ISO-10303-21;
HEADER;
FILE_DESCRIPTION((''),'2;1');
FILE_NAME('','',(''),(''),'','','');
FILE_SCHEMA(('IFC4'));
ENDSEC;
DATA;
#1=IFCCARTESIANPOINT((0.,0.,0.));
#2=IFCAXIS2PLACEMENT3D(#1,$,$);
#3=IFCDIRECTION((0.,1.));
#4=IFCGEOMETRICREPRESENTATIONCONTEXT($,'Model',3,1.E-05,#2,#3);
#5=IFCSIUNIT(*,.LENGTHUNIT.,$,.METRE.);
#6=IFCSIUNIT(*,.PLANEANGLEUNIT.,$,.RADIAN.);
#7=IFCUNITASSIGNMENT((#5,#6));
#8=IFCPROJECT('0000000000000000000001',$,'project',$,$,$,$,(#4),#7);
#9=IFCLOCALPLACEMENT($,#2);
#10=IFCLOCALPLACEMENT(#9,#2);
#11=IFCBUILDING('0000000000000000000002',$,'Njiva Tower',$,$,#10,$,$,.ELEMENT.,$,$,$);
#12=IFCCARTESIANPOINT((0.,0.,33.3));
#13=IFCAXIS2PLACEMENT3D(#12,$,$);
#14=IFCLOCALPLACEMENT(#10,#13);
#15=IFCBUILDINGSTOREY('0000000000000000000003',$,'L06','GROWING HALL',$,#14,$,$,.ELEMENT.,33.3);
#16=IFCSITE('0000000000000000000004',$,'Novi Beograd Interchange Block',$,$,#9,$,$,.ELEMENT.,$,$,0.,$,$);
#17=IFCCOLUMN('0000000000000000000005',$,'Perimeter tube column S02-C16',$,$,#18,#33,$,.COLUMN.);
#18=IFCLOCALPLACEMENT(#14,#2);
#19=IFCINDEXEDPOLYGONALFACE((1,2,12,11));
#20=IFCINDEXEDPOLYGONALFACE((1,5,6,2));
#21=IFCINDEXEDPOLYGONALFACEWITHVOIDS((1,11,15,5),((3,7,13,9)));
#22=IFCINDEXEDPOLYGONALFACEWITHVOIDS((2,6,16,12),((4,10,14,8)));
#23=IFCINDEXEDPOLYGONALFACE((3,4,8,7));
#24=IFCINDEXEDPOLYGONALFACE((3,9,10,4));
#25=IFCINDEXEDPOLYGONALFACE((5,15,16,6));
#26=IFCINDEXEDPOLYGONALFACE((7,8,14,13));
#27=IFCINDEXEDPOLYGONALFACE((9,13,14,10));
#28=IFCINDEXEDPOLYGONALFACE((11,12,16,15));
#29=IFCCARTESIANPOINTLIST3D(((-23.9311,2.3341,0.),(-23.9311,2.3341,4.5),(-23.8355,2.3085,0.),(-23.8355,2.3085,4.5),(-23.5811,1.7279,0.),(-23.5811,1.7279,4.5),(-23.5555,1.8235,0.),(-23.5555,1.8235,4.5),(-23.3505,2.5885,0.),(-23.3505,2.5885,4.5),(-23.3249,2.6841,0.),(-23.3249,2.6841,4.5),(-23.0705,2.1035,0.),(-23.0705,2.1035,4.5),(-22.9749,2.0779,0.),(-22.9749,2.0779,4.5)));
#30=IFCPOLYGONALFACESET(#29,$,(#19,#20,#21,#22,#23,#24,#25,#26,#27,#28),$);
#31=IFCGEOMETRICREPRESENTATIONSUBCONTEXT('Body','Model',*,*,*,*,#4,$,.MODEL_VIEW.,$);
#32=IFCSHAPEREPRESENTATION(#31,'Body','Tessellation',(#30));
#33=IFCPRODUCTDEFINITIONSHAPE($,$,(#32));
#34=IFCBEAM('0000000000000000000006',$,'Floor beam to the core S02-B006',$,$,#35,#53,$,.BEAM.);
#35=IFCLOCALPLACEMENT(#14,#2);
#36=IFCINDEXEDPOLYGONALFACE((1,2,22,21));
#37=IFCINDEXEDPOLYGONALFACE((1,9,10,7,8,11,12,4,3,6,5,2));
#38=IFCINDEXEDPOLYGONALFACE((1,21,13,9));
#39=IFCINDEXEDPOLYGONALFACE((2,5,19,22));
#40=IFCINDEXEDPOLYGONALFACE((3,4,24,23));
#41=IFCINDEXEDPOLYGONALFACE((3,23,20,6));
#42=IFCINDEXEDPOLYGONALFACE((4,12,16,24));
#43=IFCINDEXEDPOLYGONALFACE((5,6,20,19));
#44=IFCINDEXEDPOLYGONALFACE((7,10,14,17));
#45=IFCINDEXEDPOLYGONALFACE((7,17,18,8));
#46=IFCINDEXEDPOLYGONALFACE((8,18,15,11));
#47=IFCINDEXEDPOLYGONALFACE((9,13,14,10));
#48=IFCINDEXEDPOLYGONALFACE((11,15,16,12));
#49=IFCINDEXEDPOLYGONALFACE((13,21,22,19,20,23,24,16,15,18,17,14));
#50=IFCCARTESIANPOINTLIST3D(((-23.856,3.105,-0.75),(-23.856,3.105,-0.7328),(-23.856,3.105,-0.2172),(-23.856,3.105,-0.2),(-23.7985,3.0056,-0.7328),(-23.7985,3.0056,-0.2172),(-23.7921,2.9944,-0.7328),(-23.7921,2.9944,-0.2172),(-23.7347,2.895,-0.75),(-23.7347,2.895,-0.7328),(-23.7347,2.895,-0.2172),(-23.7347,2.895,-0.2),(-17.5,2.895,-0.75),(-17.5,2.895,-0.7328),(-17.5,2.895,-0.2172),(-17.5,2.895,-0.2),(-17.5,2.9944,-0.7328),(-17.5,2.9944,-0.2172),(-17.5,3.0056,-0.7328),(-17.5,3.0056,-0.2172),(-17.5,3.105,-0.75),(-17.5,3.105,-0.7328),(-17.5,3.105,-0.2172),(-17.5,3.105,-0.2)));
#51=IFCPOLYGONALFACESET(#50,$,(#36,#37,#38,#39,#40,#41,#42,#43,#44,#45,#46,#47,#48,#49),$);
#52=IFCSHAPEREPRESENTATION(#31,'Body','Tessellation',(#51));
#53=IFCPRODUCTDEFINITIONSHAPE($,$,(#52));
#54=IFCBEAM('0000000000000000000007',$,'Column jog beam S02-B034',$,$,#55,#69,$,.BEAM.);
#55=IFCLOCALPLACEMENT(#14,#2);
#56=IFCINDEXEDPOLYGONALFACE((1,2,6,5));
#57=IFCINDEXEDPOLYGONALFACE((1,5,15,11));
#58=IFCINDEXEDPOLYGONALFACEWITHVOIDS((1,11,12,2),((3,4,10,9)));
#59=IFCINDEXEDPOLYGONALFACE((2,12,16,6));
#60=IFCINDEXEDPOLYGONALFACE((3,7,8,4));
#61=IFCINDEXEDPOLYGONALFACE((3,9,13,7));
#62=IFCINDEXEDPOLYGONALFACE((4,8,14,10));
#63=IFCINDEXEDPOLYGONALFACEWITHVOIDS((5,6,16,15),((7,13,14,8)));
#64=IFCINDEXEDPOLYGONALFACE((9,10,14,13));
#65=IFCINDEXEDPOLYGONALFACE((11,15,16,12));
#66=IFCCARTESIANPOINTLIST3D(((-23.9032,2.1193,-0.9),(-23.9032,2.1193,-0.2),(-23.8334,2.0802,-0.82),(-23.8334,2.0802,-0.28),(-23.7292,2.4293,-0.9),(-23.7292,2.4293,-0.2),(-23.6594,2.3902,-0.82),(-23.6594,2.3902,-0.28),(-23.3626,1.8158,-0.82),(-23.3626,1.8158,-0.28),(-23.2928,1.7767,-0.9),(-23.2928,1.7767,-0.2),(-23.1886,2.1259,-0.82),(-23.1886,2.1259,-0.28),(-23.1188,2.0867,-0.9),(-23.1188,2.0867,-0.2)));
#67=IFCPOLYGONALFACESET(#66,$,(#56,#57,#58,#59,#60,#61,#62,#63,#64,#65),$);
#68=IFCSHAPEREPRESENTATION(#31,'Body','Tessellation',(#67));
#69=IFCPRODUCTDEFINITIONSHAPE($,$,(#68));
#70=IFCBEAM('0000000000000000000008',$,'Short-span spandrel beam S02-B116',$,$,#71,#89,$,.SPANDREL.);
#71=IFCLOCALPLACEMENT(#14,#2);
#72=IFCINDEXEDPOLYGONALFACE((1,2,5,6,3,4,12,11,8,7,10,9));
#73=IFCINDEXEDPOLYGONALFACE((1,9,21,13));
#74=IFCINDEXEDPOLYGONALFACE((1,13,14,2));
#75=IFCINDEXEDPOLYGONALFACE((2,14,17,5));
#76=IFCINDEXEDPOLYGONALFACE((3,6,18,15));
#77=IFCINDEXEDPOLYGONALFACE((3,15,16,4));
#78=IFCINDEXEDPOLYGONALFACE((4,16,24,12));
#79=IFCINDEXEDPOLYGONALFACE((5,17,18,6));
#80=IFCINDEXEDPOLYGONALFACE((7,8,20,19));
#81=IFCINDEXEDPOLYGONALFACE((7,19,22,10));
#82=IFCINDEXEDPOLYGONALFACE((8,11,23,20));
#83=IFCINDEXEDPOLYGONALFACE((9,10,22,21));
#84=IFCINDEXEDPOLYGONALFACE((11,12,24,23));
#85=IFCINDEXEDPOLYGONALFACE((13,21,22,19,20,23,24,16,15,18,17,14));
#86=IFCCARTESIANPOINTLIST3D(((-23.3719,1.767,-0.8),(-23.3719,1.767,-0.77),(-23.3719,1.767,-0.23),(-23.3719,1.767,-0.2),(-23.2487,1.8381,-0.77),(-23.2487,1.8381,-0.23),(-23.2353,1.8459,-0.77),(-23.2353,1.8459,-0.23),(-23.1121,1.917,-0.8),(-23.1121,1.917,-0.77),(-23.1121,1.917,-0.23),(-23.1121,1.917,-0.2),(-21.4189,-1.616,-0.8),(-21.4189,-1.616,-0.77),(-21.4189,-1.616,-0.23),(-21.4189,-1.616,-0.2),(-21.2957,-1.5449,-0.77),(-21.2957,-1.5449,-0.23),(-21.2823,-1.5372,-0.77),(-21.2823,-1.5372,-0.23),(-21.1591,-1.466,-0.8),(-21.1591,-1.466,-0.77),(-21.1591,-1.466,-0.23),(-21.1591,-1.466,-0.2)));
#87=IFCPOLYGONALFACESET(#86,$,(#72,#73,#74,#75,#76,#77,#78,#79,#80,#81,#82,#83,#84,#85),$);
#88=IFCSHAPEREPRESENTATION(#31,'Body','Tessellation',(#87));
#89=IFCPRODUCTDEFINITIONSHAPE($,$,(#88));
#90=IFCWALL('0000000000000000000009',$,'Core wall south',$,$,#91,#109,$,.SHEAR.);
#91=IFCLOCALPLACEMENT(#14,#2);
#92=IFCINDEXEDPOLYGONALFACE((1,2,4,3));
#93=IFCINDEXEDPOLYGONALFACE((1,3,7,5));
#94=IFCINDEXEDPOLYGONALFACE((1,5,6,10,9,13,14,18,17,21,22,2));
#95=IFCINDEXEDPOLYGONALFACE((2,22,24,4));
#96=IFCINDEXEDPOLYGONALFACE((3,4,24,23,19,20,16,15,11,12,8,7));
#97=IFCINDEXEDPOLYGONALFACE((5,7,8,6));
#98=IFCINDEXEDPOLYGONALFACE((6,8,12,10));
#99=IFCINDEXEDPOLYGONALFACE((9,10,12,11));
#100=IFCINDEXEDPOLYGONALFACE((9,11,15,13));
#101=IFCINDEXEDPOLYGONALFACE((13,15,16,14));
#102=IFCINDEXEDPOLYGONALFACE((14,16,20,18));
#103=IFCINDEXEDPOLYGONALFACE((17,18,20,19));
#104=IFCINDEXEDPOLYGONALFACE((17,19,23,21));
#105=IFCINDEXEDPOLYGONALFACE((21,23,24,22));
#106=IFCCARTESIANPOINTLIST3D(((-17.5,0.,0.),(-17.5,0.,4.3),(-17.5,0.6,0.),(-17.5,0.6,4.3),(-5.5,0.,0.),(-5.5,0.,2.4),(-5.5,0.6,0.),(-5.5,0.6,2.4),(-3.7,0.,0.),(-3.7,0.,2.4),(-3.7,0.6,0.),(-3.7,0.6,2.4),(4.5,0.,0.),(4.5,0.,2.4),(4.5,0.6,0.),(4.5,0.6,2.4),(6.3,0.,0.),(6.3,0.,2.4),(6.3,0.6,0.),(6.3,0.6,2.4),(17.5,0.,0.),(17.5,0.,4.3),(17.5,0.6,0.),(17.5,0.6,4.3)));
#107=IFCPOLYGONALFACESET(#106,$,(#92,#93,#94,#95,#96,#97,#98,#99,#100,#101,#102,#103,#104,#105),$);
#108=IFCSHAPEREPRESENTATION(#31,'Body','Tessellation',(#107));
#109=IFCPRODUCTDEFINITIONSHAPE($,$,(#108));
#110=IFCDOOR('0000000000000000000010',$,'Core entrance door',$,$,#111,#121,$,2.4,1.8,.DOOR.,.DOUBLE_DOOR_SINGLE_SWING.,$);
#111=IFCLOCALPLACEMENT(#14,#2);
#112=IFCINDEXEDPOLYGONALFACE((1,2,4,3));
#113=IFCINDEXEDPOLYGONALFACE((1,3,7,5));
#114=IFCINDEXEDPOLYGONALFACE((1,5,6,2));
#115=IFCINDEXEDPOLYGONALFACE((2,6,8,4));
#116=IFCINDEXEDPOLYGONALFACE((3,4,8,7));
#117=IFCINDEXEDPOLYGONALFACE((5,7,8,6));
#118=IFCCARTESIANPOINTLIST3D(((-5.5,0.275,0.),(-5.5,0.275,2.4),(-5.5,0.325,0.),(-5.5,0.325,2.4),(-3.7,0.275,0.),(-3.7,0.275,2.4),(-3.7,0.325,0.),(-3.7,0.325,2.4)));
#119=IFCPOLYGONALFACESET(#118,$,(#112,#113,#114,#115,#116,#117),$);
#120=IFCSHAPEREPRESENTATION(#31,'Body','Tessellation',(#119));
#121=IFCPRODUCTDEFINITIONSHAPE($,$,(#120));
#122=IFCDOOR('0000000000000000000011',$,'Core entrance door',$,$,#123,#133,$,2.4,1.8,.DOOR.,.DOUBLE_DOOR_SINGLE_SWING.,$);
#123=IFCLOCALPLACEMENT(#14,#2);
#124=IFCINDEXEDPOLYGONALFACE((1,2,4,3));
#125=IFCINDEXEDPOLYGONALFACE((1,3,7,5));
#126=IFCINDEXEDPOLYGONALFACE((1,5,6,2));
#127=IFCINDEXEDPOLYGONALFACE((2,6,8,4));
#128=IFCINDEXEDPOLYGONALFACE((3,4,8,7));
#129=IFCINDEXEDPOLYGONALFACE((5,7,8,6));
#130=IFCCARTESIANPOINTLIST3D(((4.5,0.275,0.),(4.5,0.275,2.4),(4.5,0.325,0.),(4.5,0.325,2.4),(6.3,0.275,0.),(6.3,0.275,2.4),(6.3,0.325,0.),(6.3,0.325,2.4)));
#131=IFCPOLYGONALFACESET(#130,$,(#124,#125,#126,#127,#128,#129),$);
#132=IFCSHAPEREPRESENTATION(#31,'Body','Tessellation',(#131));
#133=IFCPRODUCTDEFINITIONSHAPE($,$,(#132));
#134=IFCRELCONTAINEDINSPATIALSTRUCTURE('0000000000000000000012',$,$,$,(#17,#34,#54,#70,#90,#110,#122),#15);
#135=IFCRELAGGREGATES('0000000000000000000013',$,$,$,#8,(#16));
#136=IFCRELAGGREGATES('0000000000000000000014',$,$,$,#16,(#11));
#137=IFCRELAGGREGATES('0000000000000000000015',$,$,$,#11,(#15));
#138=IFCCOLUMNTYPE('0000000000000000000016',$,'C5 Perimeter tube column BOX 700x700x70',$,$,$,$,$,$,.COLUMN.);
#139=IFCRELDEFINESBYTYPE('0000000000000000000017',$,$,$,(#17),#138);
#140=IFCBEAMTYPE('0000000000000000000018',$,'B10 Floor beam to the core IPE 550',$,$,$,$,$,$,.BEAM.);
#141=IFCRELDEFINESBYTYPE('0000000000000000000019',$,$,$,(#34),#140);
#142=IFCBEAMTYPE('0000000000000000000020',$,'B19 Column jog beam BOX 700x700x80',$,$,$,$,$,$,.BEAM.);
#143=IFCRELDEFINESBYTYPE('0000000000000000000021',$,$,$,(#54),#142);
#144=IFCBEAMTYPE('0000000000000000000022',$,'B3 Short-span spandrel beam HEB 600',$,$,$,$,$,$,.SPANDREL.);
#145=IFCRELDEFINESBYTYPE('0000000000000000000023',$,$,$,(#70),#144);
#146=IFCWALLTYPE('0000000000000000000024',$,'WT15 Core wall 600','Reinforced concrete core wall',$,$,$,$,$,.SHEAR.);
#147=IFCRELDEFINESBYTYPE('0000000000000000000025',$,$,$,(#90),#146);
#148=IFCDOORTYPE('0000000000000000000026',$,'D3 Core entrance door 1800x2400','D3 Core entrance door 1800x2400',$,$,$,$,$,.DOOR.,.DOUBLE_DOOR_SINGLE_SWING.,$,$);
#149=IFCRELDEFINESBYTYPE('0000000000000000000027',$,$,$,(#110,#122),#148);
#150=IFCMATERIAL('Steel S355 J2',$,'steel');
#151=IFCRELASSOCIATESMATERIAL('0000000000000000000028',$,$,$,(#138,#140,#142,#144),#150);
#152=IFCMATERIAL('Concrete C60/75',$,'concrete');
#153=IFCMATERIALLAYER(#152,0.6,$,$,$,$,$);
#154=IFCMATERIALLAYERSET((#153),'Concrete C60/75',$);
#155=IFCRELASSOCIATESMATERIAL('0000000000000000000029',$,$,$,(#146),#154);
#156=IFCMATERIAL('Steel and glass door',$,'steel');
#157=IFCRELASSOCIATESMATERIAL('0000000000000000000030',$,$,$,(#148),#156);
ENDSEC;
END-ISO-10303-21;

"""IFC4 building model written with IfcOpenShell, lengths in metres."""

from ifc_helpers import new_model, si_unit, direction, frame, frame_2d, origin, origin_2d, place, context, subcontext, project, spatial, rectangle, hollow_rectangle, i_section, extrude, clip, halfspace, material, layer, layer_set, material_profile, profile_set, type_object, element, fill, save


model = new_model("IFC4")

# Units and contexts
model_context = context("Model", 3, precision=1e-05, world=origin(), true_north=direction((0.0, 1.0)))
body_context = subcontext(model_context, "Body", "Model", "MODEL_VIEW")
ifc_project = project(units=[si_unit("LENGTHUNIT", "METRE"), si_unit("PLANEANGLEUNIT", "RADIAN")], contexts=[model_context])

# Site, building, storey
site_placement = place(None, origin())
site = spatial("IfcSite", under=ifc_project, at=site_placement, Name="Novi Beograd Interchange Block", CompositionType="ELEMENT", RefElevation=0.0)
building_placement = place(site_placement, origin())
building = spatial("IfcBuilding", under=site, at=building_placement, Name="Njiva Tower", CompositionType="ELEMENT")
storey_placement = place(building_placement, frame((0.0, 0.0, 33.3)))
storey = spatial("IfcBuildingStorey", under=building, at=storey_placement, Name="L06", Description="GROWING HALL", CompositionType="ELEMENT", Elevation=33.3)

# Column
ifc_material_1 = material(Name="Steel S355 J2", Category="steel")
ifc_material_profile_1 = material_profile(ifc_material_1, hollow_rectangle(XDim=0.7, YDim=0.7, WallThickness=0.07, at=origin_2d()), Name="BOX 700x700x70")
ifc_profile_set_1 = profile_set([ifc_material_profile_1], Name="Steel S355 J2")
column_type = type_object("IfcColumnType", Name="C5 Perimeter tube column BOX 700x700x70", PredefinedType="COLUMN", material=ifc_profile_set_1)
column_placement = place(storey_placement, frame((-23.453, 2.206, 0.0), z_axis=(0.0, 0.0, 1.0), x_axis=(0.5, -0.866025, 0.0)))
element("IfcColumn", 1, at=column_placement, inside=storey, type_object=column_type, Name="Perimeter tube column S02-C16", PredefinedType="COLUMN", context=body_context, shape_type="SweptSolid", body=[
    extrude(hollow_rectangle(XDim=0.7, YDim=0.7, WallThickness=0.07, at=origin_2d()), origin(), (0.0, 0.0, 1.0), 4.5),
])

# Beams
ifc_material_profile_2 = material_profile(ifc_material_1, i_section(OverallWidth=0.21, OverallDepth=0.55, WebThickness=0.0111, FlangeThickness=0.0172, at=origin_2d()), Name="IPE 550")
ifc_profile_set_2 = profile_set([ifc_material_profile_2], Name="Steel S355 J2")
beam_type_1 = type_object("IfcBeamType", Name="B10 Floor beam to the core IPE 550", PredefinedType="BEAM", material=ifc_profile_set_2)
beam_1_placement = place(storey_placement, frame((-23.876, 3.0, -0.475), z_axis=(1.0, 0.0, 0.0), x_axis=(0.0, 1.0, 0.0)))
element("IfcBeam", 2, at=beam_1_placement, inside=storey, type_object=beam_type_1, Name="Floor beam to the core S02-B006", PredefinedType="BEAM", context=body_context, shape_type="Clipping", body=[
    clip(extrude(i_section(OverallWidth=0.21, OverallDepth=0.55, WebThickness=0.0111, FlangeThickness=0.0172, at=origin_2d()), origin(), (0.0, 0.0, 1.0), 6.376), halfspace(frame((-0.025, 0.0, 0.0951), z_axis=(-0.499998, 0.0, -0.866027), x_axis=(0.0, -1.0, 0.0)), False)),
])
ifc_material_profile_3 = material_profile(ifc_material_1, hollow_rectangle(XDim=0.7, YDim=0.7, WallThickness=0.08, at=origin_2d()), Name="BOX 700x700x80")
ifc_profile_set_3 = profile_set([ifc_material_profile_3], Name="Steel S355 J2")
beam_type_2 = type_object("IfcBeamType", Name="B19 Column jog beam BOX 700x700x80", PredefinedType="BEAM", material=ifc_profile_set_3)
beam_2_placement = place(storey_placement, frame((-23.598, 1.948, -0.55), z_axis=(0.48946, 0.872026, 0.0), x_axis=(-0.872026, 0.48946, 0.0)))
element("IfcBeam", 3, at=beam_2_placement, inside=storey, type_object=beam_type_2, Name="Column jog beam S02-B034", PredefinedType="BEAM", context=body_context, shape_type="SweptSolid", body=[
    extrude(hollow_rectangle(XDim=0.7, YDim=0.7, WallThickness=0.08, at=origin_2d()), origin(), (0.0, 0.0, 1.0), 0.3555),
])
ifc_material_profile_4 = material_profile(ifc_material_1, i_section(OverallWidth=0.3, OverallDepth=0.6, WebThickness=0.0155, FlangeThickness=0.03, at=origin_2d()), Name="HEB 600")
ifc_profile_set_4 = profile_set([ifc_material_profile_4], Name="Steel S355 J2")
beam_type_3 = type_object("IfcBeamType", Name="B3 Short-span spandrel beam HEB 600", PredefinedType="SPANDREL", material=ifc_profile_set_4)
beam_3_placement = place(storey_placement, frame((-23.242, 1.842, -0.5), z_axis=(0.499966, -0.866045, 0.0), x_axis=(0.866045, 0.499966, 0.0)))
element("IfcBeam", 4, at=beam_3_placement, inside=storey, type_object=beam_type_3, Name="Short-span spandrel beam S02-B116", PredefinedType="SPANDREL", context=body_context, shape_type="SweptSolid", body=[
    extrude(i_section(OverallWidth=0.3, OverallDepth=0.6, WebThickness=0.0155, FlangeThickness=0.03, at=origin_2d()), origin(), (0.0, 0.0, 1.0), 3.9063),
])

# Wall, openings, doors
ifc_material_2 = material(Name="Concrete C60/75", Category="concrete")
ifc_layer_1 = layer(ifc_material_2, 0.6)
ifc_layer_set_1 = layer_set([ifc_layer_1], Name="Concrete C60/75")
wall_type_1 = type_object("IfcWallType", Name="WT15 Core wall 600", Description="Reinforced concrete core wall", PredefinedType="SHEAR", material=ifc_layer_set_1)
wall_1_placement = place(storey_placement, frame((-17.5, 0.3, 0.0), z_axis=(0.0, 0.0, 1.0), x_axis=(1.0, 0.0, 0.0)))
wall_1 = element("IfcWall", 5, at=wall_1_placement, inside=storey, type_object=wall_type_1, Name="Core wall south", PredefinedType="SHEAR", context=body_context, shape_type="SweptSolid", body=[
    extrude(rectangle(XDim=35.0, YDim=0.6, at=frame_2d((17.5, 0.0))), origin(), (0.0, 0.0, 1.0), 4.3),
])
opening_1_placement = place(wall_1_placement, frame((12.0, 0.0, 0.0)))
opening_1 = element("IfcOpeningElement", 6, at=opening_1_placement, cuts=wall_1, PredefinedType="OPENING", context=body_context, shape_type="SweptSolid", body=[
    extrude(rectangle(XDim=1.8, YDim=2.4, at=frame_2d((0.9, 1.2))), frame((0.0, 0.31, 0.0), z_axis=(0.0, -1.0, 0.0), x_axis=(1.0, 0.0, 0.0)), (0.0, 0.0, 1.0), 0.62),
])
opening_2_placement = place(wall_1_placement, frame((22.0, 0.0, 0.0)))
opening_2 = element("IfcOpeningElement", 7, at=opening_2_placement, cuts=wall_1, PredefinedType="OPENING", context=body_context, shape_type="SweptSolid", body=[
    extrude(rectangle(XDim=1.8, YDim=2.4, at=frame_2d((0.9, 1.2))), frame((0.0, 0.31, 0.0), z_axis=(0.0, -1.0, 0.0), x_axis=(1.0, 0.0, 0.0)), (0.0, 0.0, 1.0), 0.62),
])
ifc_material_3 = material(Name="Steel and glass door", Category="steel")
door_type_1 = type_object("IfcDoorType", Name="D3 Core entrance door 1800x2400", Description="D3 Core entrance door 1800x2400", OperationType="DOUBLE_DOOR_SINGLE_SWING", PredefinedType="DOOR", material=ifc_material_3)
door_1_placement = place(opening_1_placement, origin())
door_1 = element("IfcDoor", 8, at=door_1_placement, inside=storey, type_object=door_type_1, Name="Core entrance door", OperationType="DOUBLE_DOOR_SINGLE_SWING", OverallHeight=2.4, OverallWidth=1.8, PredefinedType="DOOR", context=body_context, shape_type="SweptSolid", body=[
    extrude(rectangle(XDim=1.8, YDim=2.4, at=frame_2d((0.9, 1.2))), frame((0.0, 0.025, 0.0), z_axis=(0.0, -1.0, 0.0), x_axis=(1.0, 0.0, 0.0)), (0.0, 0.0, 1.0), 0.05),
])
fill(opening_1, door_1)
door_2_placement = place(opening_2_placement, origin())
door_2 = element("IfcDoor", 9, at=door_2_placement, inside=storey, type_object=door_type_1, Name="Core entrance door", OperationType="DOUBLE_DOOR_SINGLE_SWING", OverallHeight=2.4, OverallWidth=1.8, PredefinedType="DOOR", context=body_context, shape_type="SweptSolid", body=[
    extrude(rectangle(XDim=1.8, YDim=2.4, at=frame_2d((0.9, 1.2))), frame((0.0, 0.025, 0.0), z_axis=(0.0, -1.0, 0.0), x_axis=(1.0, 0.0, 0.0)), (0.0, 0.0, 1.0), 0.05),
])
fill(opening_2, door_2)

save(model, "model.ifc")
